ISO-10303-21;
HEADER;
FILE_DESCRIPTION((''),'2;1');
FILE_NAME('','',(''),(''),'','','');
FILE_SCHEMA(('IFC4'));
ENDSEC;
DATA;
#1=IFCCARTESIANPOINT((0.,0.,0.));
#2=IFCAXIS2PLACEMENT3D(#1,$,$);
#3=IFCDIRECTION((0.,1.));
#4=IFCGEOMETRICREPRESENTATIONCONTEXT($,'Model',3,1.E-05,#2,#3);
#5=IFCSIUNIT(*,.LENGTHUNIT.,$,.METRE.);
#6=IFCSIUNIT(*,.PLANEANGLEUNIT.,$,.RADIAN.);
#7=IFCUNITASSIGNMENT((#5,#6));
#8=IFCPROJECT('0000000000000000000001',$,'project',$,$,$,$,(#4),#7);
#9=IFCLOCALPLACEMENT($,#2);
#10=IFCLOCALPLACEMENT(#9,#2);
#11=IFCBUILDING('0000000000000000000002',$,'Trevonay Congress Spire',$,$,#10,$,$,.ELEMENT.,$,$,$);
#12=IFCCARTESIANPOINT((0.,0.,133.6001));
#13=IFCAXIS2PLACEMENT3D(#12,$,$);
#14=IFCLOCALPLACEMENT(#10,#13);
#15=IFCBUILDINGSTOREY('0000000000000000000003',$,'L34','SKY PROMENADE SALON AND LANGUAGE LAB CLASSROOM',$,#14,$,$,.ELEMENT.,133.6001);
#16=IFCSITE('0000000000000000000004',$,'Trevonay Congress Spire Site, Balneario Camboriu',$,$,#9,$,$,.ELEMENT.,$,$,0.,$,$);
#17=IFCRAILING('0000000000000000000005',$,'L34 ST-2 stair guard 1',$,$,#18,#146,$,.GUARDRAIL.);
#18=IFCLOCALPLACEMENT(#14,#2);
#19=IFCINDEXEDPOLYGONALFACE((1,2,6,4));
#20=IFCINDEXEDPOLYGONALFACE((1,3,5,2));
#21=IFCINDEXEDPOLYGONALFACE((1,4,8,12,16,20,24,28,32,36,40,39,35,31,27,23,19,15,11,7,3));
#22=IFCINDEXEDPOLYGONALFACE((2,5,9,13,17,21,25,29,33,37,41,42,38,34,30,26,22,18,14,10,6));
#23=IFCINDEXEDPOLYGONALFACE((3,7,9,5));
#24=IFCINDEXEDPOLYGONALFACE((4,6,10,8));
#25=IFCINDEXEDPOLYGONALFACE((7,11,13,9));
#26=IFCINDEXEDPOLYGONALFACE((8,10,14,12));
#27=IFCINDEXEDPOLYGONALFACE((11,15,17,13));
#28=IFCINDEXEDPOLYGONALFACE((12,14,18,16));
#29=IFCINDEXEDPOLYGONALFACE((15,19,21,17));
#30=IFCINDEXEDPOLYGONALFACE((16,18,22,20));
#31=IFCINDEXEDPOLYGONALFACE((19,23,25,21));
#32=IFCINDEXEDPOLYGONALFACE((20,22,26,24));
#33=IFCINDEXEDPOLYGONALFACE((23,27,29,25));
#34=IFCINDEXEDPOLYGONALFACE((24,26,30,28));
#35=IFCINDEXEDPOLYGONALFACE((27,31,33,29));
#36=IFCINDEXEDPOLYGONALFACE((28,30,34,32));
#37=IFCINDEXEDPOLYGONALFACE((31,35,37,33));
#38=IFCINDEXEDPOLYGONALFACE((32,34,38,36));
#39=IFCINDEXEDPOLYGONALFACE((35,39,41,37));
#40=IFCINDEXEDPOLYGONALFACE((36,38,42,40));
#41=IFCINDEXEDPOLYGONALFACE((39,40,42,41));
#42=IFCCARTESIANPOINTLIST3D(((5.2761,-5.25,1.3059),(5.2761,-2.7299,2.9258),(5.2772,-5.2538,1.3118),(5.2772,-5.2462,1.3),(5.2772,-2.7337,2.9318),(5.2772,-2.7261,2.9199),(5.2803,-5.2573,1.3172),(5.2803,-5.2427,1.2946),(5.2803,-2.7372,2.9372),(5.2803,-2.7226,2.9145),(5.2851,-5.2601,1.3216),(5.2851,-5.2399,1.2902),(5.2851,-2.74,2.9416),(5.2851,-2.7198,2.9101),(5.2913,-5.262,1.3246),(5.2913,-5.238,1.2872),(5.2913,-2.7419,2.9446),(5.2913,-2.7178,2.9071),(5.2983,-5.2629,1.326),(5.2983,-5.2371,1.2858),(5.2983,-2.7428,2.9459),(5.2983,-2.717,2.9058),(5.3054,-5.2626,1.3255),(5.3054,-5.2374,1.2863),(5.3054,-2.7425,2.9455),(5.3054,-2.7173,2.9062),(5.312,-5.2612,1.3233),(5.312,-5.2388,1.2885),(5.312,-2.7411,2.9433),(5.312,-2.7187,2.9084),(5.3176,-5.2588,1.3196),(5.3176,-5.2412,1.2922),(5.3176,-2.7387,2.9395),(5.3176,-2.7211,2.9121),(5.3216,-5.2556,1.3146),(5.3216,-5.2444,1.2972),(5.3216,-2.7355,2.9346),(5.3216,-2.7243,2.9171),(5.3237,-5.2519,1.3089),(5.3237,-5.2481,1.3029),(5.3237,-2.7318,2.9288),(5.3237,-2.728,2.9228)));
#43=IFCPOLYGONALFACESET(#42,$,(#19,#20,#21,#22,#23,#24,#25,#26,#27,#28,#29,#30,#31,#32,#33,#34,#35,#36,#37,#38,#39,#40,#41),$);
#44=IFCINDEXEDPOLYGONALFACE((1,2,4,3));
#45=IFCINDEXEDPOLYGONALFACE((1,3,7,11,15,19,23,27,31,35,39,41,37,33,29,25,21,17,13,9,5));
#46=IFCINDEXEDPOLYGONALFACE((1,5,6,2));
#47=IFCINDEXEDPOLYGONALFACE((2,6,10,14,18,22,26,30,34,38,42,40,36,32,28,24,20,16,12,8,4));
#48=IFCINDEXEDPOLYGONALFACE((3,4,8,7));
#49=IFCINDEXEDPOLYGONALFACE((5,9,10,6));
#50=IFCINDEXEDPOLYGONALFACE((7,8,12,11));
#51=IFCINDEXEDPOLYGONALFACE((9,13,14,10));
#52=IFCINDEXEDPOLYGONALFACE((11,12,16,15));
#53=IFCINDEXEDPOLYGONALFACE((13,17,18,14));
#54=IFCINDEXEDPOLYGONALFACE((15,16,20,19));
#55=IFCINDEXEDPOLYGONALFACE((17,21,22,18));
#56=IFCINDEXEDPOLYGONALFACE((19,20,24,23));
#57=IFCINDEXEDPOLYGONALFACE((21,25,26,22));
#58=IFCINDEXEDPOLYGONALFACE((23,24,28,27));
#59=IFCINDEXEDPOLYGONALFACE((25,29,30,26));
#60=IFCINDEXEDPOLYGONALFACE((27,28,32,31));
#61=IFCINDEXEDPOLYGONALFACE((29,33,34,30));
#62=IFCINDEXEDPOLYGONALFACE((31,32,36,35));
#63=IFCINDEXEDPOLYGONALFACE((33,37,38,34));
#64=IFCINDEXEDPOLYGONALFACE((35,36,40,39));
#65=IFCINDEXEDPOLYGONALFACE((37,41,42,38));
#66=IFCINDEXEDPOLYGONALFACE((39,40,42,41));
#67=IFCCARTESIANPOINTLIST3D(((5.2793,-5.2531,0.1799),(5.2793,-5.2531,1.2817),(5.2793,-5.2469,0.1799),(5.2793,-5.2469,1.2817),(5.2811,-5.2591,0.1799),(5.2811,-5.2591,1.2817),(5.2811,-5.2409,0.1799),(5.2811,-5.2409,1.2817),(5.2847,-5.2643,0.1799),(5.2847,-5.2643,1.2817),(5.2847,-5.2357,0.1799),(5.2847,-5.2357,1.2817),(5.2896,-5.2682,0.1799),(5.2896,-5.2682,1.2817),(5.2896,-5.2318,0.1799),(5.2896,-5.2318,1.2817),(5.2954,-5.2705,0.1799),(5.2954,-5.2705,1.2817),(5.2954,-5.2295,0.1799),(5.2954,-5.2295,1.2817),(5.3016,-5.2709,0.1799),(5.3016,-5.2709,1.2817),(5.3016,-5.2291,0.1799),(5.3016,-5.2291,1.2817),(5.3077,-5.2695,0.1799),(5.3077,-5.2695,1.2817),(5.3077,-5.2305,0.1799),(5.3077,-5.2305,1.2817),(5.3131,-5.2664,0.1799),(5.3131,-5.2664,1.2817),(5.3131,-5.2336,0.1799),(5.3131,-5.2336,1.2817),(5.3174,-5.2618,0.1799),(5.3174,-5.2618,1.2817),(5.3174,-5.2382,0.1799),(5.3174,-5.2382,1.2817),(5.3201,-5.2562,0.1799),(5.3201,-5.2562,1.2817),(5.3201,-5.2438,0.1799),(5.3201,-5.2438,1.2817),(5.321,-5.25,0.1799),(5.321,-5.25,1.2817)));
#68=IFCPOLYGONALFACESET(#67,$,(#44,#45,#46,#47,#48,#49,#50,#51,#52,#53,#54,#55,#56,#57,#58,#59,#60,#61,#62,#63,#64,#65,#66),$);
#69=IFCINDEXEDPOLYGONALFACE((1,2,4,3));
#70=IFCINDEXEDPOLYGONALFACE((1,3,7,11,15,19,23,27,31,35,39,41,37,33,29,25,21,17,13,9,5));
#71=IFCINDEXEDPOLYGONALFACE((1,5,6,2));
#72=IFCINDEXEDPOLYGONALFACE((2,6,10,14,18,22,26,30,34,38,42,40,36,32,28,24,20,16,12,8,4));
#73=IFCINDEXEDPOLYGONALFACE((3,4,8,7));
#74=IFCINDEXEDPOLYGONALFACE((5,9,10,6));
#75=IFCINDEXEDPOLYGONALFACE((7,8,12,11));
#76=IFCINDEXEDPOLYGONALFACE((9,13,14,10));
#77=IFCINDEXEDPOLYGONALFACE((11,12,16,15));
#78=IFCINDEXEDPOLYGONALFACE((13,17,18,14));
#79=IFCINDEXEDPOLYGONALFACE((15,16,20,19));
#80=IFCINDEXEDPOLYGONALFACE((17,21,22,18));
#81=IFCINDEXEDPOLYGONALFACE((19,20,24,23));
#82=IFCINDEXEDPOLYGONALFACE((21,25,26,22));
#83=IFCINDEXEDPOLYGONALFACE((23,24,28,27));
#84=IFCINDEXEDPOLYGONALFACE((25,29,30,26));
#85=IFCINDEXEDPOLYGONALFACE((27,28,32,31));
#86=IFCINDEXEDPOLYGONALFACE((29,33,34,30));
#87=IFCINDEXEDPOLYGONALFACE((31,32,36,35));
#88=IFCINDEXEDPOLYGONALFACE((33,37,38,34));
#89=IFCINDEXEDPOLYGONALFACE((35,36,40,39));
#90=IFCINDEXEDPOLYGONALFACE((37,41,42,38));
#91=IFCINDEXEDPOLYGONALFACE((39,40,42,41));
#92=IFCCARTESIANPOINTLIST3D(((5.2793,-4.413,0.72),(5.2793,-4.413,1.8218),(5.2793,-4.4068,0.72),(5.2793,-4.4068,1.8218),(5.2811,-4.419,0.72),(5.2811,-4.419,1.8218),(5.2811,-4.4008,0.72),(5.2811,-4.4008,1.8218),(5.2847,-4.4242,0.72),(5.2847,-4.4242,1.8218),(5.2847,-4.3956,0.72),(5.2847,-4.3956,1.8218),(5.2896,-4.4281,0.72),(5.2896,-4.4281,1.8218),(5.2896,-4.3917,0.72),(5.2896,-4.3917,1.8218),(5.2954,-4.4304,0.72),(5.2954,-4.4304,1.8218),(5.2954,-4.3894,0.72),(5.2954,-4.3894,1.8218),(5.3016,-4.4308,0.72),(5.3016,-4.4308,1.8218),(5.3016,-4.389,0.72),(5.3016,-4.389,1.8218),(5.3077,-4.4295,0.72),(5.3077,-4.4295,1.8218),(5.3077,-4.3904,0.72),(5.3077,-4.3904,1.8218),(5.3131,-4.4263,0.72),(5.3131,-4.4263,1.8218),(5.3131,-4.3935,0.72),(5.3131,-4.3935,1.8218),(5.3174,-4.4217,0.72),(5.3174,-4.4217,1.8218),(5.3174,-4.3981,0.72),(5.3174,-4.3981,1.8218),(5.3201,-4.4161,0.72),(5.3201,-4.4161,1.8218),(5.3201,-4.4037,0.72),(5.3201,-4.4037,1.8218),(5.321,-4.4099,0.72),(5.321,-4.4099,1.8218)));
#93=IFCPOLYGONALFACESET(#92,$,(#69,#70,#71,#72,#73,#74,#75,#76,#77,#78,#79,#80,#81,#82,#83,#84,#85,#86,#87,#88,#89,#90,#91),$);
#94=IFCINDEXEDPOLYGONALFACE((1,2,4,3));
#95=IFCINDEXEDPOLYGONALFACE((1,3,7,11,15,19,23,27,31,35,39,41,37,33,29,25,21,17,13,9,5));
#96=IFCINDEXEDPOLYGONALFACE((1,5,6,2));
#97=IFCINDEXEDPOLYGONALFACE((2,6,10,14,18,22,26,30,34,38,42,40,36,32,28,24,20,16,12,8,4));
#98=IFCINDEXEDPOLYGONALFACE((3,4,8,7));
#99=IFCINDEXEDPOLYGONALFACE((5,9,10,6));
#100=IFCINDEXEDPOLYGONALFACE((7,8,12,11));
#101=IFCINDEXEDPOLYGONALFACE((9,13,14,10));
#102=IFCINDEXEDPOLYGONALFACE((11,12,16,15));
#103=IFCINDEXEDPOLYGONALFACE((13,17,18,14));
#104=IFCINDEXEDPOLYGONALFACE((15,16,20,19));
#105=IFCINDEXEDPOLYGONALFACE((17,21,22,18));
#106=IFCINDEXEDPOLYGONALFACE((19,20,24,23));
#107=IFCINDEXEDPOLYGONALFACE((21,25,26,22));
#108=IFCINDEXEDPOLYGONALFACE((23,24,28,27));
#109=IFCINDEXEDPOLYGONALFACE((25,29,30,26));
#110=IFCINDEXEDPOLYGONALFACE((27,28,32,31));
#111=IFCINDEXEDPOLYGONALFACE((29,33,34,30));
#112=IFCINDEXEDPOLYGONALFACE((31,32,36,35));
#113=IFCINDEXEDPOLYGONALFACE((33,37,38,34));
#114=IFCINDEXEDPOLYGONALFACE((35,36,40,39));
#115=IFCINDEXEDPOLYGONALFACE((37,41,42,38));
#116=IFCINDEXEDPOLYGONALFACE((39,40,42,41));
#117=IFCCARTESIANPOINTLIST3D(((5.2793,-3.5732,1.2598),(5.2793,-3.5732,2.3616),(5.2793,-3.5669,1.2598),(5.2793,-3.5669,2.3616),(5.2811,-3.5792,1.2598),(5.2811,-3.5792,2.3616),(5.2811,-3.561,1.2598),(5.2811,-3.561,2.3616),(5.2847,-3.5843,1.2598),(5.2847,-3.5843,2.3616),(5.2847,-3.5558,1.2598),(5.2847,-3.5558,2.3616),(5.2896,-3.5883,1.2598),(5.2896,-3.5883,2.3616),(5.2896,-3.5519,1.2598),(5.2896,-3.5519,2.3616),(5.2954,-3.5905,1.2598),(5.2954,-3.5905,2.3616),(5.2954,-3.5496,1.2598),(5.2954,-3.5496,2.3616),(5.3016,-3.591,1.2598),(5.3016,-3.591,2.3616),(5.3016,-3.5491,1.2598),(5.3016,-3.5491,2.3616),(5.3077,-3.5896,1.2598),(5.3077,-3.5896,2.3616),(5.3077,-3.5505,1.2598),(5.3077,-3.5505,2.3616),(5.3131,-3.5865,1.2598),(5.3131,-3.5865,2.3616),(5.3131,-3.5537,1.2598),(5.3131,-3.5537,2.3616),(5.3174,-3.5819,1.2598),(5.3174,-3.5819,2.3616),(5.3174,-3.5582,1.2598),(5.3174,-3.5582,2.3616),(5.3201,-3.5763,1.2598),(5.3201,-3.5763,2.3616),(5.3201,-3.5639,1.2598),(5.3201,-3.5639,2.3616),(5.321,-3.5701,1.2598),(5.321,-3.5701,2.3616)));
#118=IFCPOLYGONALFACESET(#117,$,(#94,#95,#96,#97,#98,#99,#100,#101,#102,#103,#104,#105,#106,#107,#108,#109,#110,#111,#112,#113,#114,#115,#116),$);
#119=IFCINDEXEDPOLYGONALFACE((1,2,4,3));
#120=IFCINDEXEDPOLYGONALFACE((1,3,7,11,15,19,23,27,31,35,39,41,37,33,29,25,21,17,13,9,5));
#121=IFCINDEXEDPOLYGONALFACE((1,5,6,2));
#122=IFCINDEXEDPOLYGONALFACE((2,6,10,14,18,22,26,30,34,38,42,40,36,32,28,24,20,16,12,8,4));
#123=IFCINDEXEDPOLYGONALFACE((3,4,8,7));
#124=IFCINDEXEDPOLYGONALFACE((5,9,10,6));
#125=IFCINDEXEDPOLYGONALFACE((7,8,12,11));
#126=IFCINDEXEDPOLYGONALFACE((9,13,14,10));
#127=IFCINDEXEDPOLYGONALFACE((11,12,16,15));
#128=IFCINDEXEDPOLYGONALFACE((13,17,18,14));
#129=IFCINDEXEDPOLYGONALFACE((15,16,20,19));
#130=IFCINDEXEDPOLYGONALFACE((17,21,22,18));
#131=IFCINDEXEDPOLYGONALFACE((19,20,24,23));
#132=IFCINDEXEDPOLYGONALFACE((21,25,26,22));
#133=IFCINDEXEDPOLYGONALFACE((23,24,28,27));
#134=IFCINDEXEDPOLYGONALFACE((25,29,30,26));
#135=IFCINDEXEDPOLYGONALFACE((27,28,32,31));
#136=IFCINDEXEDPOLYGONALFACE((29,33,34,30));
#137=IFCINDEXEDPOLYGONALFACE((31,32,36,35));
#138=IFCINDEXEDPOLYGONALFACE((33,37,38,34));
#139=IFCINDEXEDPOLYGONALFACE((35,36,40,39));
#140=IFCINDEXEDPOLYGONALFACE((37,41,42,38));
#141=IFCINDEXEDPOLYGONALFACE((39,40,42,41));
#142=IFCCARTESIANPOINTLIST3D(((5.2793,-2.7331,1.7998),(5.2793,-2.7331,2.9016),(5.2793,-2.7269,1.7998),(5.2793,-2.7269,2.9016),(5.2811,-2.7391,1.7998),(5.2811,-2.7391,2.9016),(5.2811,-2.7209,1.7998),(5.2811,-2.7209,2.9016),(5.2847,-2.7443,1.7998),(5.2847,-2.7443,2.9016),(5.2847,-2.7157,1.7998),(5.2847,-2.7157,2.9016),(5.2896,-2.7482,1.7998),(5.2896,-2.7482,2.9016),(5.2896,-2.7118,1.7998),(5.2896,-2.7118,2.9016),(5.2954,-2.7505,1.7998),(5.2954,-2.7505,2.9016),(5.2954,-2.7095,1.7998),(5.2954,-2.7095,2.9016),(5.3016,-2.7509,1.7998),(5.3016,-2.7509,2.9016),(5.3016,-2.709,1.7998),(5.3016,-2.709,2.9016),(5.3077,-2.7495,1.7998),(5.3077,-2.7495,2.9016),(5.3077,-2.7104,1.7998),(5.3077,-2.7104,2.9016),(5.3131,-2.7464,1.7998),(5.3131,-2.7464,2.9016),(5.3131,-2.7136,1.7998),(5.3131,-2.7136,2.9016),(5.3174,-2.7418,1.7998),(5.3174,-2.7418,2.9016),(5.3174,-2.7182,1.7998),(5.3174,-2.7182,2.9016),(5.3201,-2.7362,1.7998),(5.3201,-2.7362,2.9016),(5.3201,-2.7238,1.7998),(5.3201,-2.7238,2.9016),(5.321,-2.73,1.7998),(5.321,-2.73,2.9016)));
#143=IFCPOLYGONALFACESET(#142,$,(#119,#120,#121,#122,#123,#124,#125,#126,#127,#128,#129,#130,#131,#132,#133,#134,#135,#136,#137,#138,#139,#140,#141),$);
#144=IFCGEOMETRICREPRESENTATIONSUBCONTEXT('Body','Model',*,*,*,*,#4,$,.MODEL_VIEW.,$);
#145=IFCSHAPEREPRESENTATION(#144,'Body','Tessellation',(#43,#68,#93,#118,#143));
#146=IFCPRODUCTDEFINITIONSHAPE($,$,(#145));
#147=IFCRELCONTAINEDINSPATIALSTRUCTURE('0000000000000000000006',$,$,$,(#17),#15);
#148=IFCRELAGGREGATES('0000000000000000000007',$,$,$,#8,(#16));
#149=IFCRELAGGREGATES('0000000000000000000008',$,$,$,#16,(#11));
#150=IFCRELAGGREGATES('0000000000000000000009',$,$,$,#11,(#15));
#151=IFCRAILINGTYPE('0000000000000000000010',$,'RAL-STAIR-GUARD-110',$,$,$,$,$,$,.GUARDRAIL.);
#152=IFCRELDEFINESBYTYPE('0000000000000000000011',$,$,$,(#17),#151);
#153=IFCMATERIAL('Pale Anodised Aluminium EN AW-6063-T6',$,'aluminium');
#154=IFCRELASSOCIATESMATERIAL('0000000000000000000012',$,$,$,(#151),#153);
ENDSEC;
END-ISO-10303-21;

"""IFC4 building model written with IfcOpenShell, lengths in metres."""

from ifc_helpers import new_model, si_unit, direction, frame, origin, origin_2d, place, context, subcontext, project, spatial, circle, extrude, material, type_object, element, save


model = new_model("IFC4")

# Units and contexts
model_context = context("Model", 3, precision=1e-05, world=origin(), true_north=direction((0.0, 1.0)))
body_context = subcontext(model_context, "Body", "Model", "MODEL_VIEW")
ifc_project = project(units=[si_unit("LENGTHUNIT", "METRE"), si_unit("PLANEANGLEUNIT", "RADIAN")], contexts=[model_context])

# Site, building, storey
site_placement = place(None, origin())
site = spatial("IfcSite", under=ifc_project, at=site_placement, Name="Trevonay Congress Spire Site, Balneario Camboriu", CompositionType="ELEMENT", RefElevation=0.0)
building_placement = place(site_placement, origin())
building = spatial("IfcBuilding", under=site, at=building_placement, Name="Trevonay Congress Spire", CompositionType="ELEMENT")
storey_placement = place(building_placement, frame((0.0, 0.0, 133.6001)))
storey = spatial("IfcBuildingStorey", under=building, at=storey_placement, Name="L34", Description="SKY PROMENADE SALON AND LANGUAGE LAB CLASSROOM", CompositionType="ELEMENT", Elevation=133.6001)

# Shared definitions
ifc_material_1 = material(Name="Pale Anodised Aluminium EN AW-6063-T6", Category="aluminium")

# Railing
railing_type_1 = type_object("IfcRailingType", Name="RAL-STAIR-GUARD-110", PredefinedType="GUARDRAIL", material=ifc_material_1)
railing_1_placement = place(storey_placement, frame((5.3, -5.25, 0.1799)))
element("IfcRailing", 1, at=railing_1_placement, inside=storey, type_object=railing_type_1, Name="L34 ST-2 stair guard 1", PredefinedType="GUARDRAIL", context=body_context, shape_type="SweptSolid", body=[
    extrude(circle(Radius=0.0239, at=origin_2d()), frame((0.0, 0.0, 1.126), z_axis=(0.0, 0.8412, 0.540725), x_axis=(-1.0, 0.0, 0.0)), (0.0, 0.0, 1.0), 2.9958),
    extrude(circle(Radius=0.021, at=origin_2d()), origin(), (0.0, 0.0, 1.0), 1.1018),
    extrude(circle(Radius=0.021, at=origin_2d()), frame((0.0, 0.8401, 0.54)), (0.0, 0.0, 1.0), 1.1018),
    extrude(circle(Radius=0.021, at=origin_2d()), frame((0.0, 1.6799, 1.0798)), (0.0, 0.0, 1.0), 1.1018),
    extrude(circle(Radius=0.021, at=origin_2d()), frame((0.0, 2.52, 1.6199)), (0.0, 0.0, 1.0), 1.1018),
])

save(model, "model.ifc")
